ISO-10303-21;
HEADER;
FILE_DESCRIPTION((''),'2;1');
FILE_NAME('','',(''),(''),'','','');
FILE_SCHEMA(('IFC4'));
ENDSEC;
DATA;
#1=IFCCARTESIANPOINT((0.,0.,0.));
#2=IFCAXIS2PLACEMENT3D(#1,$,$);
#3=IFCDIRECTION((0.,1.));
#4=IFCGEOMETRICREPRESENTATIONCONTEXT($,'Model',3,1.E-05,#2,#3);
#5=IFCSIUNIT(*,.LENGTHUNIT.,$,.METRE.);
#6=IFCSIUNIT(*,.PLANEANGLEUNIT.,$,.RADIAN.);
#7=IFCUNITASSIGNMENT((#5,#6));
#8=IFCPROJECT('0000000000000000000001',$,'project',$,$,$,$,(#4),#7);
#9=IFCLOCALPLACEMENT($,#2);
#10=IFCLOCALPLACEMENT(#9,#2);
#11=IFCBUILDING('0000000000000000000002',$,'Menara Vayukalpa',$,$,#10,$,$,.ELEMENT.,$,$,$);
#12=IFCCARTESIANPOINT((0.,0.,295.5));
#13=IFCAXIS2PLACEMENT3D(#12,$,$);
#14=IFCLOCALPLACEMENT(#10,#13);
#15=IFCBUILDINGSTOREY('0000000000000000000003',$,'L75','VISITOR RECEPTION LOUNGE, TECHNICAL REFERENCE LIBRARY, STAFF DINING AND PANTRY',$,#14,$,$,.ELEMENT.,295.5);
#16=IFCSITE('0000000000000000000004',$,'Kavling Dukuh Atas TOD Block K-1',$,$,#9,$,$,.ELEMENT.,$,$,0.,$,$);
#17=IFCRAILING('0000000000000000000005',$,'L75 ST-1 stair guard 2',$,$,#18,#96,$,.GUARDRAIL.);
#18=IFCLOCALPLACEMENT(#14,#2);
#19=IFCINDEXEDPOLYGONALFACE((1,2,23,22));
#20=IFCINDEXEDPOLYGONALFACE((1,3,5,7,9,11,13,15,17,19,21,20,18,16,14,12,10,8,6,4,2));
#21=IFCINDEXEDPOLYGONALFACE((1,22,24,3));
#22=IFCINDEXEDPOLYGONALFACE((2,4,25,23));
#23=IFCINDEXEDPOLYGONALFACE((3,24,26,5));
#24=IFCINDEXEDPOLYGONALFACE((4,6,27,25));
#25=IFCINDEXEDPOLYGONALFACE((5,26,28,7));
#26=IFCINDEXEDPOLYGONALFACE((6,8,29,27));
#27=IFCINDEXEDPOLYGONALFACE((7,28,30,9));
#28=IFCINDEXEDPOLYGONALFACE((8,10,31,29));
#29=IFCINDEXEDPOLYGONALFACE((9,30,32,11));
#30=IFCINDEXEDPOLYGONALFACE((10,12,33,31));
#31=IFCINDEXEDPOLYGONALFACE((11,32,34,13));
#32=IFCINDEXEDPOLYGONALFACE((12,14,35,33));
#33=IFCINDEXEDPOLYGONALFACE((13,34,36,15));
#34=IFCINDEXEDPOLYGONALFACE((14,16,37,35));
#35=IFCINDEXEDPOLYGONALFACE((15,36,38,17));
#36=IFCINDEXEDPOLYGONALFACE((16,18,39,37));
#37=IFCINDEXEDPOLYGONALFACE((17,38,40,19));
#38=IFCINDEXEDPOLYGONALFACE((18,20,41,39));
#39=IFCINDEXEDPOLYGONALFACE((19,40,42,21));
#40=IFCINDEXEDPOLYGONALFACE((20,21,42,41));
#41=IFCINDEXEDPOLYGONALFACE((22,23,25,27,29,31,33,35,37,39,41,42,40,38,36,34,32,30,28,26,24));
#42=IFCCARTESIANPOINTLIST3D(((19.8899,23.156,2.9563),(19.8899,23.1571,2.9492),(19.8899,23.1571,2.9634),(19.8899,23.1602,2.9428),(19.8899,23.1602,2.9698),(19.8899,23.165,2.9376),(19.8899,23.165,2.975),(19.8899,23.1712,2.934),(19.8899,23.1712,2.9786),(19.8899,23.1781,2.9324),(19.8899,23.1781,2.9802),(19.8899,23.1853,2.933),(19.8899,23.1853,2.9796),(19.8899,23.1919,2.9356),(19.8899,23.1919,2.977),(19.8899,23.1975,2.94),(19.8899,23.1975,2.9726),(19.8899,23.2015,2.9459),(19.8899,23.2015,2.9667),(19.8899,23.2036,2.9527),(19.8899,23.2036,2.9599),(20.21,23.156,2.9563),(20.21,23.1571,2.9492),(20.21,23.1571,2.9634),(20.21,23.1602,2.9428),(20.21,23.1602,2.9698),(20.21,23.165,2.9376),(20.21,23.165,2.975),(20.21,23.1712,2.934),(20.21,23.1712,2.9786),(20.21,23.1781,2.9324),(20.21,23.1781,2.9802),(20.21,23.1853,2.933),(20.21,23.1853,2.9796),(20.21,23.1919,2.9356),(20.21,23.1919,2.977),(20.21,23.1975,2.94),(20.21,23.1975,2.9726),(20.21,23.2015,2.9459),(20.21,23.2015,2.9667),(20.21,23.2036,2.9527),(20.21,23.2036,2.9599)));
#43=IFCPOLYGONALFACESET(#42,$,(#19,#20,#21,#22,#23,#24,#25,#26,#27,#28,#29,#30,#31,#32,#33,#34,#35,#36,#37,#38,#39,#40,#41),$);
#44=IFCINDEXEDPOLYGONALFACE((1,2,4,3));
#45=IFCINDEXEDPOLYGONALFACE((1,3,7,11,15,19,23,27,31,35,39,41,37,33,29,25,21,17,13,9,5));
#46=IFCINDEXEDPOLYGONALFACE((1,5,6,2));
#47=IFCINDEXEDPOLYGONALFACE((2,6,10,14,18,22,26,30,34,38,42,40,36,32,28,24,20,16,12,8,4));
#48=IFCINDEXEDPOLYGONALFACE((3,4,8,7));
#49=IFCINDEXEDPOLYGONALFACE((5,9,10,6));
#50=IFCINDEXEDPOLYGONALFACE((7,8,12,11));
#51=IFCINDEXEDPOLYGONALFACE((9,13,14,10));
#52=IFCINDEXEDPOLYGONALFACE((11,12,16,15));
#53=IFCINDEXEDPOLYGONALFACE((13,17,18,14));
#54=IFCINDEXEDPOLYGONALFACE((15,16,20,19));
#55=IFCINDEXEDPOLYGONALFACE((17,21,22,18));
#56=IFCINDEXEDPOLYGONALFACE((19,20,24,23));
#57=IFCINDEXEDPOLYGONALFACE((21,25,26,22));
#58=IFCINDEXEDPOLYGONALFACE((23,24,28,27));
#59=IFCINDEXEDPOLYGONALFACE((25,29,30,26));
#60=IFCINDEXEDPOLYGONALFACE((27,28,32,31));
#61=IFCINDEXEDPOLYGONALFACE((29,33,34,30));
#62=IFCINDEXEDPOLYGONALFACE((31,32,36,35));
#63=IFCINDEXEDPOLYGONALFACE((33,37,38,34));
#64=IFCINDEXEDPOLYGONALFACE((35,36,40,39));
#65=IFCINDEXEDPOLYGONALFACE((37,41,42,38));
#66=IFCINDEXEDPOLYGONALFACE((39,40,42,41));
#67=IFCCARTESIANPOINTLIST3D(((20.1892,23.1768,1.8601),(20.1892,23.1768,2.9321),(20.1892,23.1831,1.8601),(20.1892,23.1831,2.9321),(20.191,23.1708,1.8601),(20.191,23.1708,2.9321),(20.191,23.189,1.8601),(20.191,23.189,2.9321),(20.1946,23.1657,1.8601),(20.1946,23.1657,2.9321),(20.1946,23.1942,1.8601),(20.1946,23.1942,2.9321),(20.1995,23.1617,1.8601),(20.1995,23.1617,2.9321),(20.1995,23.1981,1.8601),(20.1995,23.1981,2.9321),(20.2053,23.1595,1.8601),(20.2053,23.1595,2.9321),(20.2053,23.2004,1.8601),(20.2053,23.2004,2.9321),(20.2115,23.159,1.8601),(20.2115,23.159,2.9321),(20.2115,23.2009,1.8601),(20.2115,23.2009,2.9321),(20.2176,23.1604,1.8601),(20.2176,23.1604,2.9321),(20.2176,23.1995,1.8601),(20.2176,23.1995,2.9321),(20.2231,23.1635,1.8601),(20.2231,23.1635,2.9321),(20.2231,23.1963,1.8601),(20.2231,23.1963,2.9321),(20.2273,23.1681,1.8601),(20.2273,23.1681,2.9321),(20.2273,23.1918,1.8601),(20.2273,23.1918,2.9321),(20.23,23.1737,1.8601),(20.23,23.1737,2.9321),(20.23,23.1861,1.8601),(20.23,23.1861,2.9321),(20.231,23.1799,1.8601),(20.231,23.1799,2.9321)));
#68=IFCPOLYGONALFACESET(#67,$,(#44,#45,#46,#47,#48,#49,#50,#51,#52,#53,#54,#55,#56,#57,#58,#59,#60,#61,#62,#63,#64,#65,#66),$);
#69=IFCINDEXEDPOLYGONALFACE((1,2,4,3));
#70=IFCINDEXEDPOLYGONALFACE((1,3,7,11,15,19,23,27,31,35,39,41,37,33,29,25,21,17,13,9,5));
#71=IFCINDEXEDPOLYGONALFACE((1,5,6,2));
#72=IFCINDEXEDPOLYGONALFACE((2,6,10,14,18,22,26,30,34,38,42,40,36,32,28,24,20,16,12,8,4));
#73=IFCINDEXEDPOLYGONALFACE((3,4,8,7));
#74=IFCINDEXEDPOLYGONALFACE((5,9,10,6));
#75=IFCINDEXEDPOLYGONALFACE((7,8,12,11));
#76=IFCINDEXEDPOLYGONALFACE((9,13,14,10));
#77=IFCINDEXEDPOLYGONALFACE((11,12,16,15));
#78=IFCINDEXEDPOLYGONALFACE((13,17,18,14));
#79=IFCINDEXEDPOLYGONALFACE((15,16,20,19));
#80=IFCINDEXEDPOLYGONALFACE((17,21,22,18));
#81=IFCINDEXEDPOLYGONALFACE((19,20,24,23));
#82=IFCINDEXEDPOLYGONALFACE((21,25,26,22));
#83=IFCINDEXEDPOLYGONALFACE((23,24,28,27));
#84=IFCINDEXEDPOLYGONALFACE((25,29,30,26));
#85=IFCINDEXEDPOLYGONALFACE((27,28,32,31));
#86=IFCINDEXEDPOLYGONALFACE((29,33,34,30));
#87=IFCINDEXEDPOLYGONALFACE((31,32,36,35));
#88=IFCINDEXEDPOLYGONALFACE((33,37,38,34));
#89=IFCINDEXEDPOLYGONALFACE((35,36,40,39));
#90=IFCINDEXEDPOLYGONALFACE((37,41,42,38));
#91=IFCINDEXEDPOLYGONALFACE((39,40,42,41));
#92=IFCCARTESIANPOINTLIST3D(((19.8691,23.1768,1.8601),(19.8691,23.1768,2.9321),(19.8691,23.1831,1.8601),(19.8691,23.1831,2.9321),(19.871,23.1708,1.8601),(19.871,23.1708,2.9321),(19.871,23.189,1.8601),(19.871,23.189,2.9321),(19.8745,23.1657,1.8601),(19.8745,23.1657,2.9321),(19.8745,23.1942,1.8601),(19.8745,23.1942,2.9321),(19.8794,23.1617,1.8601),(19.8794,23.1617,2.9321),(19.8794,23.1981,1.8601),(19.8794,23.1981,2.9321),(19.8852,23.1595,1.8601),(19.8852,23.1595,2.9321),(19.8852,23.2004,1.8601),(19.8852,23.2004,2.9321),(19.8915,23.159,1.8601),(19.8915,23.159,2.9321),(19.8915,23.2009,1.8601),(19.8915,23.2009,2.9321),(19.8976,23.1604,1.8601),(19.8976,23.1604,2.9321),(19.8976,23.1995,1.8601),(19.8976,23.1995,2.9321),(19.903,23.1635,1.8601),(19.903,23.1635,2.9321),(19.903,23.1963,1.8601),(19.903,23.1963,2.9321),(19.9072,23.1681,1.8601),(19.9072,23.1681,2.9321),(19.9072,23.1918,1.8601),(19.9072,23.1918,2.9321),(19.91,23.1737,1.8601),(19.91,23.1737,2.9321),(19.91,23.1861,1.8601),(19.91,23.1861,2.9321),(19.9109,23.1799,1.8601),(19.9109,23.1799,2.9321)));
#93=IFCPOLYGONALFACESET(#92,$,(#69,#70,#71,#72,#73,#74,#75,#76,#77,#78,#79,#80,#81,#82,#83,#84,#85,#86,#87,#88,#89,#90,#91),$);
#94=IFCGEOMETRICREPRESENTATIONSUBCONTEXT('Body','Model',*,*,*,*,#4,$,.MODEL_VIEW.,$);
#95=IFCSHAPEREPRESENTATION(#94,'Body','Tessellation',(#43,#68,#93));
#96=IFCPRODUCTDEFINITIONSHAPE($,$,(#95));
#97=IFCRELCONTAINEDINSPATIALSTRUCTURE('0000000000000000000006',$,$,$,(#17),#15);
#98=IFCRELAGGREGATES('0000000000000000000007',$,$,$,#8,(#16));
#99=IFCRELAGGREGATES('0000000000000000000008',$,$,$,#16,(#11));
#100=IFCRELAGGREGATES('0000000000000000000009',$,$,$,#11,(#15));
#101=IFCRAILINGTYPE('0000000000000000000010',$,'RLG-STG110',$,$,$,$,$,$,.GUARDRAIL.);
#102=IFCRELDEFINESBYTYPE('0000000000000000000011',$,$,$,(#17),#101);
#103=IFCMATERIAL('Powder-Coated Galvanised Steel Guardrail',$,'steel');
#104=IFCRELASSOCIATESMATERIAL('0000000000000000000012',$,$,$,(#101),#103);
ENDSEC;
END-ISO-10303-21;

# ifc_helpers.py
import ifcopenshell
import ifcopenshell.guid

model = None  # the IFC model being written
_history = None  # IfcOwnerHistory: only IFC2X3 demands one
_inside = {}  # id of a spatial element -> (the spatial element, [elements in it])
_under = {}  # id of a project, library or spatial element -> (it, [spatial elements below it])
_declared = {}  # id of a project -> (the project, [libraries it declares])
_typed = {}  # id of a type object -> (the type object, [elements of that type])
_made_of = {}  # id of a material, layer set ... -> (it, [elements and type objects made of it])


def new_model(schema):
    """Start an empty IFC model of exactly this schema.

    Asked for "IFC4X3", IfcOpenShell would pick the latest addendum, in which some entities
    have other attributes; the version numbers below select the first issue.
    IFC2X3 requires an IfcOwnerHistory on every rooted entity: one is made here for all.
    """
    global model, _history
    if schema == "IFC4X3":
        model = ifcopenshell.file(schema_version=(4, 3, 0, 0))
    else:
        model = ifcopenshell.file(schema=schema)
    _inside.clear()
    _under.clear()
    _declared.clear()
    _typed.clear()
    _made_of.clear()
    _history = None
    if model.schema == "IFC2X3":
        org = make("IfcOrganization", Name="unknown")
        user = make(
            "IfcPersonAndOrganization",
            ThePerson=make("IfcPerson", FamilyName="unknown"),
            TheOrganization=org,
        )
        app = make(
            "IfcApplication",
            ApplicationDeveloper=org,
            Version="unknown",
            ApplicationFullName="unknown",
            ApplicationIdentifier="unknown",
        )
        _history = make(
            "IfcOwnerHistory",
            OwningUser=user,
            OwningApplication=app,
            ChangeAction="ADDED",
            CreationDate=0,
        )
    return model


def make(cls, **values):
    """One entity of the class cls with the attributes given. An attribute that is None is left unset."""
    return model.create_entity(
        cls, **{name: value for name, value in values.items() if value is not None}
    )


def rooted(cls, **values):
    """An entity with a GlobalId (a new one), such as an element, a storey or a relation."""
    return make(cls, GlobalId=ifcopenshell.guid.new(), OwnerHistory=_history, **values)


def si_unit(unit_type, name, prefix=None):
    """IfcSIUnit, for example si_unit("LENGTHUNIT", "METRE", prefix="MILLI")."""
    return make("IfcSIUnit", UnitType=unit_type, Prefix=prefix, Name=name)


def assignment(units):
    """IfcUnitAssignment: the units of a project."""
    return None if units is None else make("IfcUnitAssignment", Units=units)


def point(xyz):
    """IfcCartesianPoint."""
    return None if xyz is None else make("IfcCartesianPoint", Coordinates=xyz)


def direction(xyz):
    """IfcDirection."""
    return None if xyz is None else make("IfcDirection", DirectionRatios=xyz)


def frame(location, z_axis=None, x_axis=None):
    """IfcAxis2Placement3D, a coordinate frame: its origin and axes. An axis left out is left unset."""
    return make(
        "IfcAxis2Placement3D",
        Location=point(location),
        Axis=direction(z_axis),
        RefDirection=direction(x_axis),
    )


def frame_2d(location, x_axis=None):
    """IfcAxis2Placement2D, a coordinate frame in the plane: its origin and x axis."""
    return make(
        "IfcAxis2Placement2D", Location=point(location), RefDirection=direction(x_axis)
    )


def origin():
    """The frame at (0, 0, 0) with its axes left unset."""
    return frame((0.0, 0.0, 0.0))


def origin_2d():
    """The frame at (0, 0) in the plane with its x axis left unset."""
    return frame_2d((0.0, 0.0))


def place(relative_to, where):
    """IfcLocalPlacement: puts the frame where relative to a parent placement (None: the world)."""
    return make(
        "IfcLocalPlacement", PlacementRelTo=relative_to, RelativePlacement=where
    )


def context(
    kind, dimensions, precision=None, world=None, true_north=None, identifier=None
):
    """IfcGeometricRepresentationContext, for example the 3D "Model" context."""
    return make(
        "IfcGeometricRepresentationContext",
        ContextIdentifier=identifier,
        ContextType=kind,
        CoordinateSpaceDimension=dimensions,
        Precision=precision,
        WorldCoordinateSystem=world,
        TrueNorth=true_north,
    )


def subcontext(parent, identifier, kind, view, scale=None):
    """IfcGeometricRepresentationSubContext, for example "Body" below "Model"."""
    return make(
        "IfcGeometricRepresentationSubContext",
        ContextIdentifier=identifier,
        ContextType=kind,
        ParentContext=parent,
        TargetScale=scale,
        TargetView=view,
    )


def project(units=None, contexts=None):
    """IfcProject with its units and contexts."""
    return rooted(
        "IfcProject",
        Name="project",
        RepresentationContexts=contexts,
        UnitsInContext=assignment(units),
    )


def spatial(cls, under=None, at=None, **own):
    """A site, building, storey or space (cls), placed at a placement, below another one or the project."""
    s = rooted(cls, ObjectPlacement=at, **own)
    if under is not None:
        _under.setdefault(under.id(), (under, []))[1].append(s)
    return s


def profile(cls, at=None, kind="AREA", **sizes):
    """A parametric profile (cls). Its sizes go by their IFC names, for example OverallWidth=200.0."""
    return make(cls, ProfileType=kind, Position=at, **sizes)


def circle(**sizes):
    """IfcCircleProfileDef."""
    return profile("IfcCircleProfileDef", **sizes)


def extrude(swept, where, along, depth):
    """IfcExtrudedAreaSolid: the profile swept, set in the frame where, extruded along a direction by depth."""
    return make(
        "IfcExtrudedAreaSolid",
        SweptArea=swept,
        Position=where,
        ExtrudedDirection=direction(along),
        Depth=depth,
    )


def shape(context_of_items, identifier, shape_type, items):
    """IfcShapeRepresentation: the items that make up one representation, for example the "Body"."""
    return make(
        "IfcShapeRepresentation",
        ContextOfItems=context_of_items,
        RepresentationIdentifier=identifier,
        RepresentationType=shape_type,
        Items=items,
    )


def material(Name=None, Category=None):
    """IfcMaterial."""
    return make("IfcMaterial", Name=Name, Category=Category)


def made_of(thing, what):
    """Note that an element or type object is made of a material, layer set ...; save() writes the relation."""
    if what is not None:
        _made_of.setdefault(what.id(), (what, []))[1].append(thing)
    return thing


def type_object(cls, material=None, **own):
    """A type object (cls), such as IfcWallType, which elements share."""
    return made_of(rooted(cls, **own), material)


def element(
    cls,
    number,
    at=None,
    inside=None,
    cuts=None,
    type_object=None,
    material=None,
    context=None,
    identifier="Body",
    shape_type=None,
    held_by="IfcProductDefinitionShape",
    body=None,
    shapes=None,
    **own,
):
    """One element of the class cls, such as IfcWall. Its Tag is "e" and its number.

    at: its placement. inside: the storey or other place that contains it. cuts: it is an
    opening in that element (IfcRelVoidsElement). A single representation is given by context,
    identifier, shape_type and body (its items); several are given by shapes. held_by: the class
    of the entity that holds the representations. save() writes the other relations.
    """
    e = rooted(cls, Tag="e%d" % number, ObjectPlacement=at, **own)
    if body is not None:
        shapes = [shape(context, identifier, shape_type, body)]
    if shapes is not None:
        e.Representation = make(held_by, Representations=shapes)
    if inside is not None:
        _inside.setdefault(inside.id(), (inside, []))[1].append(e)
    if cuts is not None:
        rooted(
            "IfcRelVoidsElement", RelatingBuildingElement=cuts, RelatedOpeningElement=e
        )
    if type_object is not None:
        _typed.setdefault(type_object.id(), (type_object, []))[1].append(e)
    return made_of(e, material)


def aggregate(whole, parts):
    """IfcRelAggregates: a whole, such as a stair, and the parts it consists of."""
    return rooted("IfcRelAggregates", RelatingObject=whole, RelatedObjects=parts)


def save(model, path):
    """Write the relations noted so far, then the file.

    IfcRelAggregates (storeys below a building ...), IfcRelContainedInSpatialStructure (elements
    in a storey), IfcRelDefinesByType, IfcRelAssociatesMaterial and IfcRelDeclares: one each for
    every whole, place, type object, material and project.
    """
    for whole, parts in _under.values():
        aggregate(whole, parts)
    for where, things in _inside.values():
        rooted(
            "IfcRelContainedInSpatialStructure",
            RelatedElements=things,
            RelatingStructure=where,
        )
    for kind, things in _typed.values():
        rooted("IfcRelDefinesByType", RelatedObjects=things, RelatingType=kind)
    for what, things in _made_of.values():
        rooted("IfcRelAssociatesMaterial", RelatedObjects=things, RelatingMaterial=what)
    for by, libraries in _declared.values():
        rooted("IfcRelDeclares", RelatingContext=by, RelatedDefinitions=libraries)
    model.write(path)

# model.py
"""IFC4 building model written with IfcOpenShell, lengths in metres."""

from ifc_helpers import new_model, si_unit, direction, frame, origin, origin_2d, place, context, subcontext, project, spatial, circle, extrude, material, type_object, element, save


model = new_model("IFC4")

# Units and contexts
model_context = context("Model", 3, precision=1e-05, world=origin(), true_north=direction((0.0, 1.0)))
body_context = subcontext(model_context, "Body", "Model", "MODEL_VIEW")
ifc_project = project(units=[si_unit("LENGTHUNIT", "METRE"), si_unit("PLANEANGLEUNIT", "RADIAN")], contexts=[model_context])

# Site, building, storey
site_placement = place(None, origin())
site = spatial("IfcSite", under=ifc_project, at=site_placement, Name="Kavling Dukuh Atas TOD Block K-1", CompositionType="ELEMENT", RefElevation=0.0)
building_placement = place(site_placement, origin())
building = spatial("IfcBuilding", under=site, at=building_placement, Name="Menara Vayukalpa", CompositionType="ELEMENT")
storey_placement = place(building_placement, frame((0.0, 0.0, 295.5)))
storey = spatial("IfcBuildingStorey", under=building, at=storey_placement, Name="L75", Description="VISITOR RECEPTION LOUNGE, TECHNICAL REFERENCE LIBRARY, STAFF DINING AND PANTRY", CompositionType="ELEMENT", Elevation=295.5)

# Railing
ifc_material_1 = material(Name="Powder-Coated Galvanised Steel Guardrail", Category="steel")
railing_type_1 = type_object("IfcRailingType", Name="RLG-STG110", PredefinedType="GUARDRAIL", material=ifc_material_1)
railing_1_placement = place(storey_placement, frame((20.21, 23.1799, 1.8601)))
element("IfcRailing", 1, at=railing_1_placement, inside=storey, type_object=railing_type_1, Name="L75 ST-1 stair guard 2", PredefinedType="GUARDRAIL", context=body_context, shape_type="SweptSolid", body=[
    extrude(circle(Radius=0.0239, at=origin_2d()), frame((0.0, 0.0, 1.0962), z_axis=(-1.0, 0.0, 0.0), x_axis=(0.0, -1.0, 0.0)), (0.0, 0.0, 1.0), 0.3201),
    extrude(circle(Radius=0.021, at=origin_2d()), origin(), (0.0, 0.0, 1.0), 1.072),
    extrude(circle(Radius=0.021, at=origin_2d()), frame((-0.3201, 0.0, 0.0)), (0.0, 0.0, 1.0), 1.072),
])

save(model, "model.ifc")
